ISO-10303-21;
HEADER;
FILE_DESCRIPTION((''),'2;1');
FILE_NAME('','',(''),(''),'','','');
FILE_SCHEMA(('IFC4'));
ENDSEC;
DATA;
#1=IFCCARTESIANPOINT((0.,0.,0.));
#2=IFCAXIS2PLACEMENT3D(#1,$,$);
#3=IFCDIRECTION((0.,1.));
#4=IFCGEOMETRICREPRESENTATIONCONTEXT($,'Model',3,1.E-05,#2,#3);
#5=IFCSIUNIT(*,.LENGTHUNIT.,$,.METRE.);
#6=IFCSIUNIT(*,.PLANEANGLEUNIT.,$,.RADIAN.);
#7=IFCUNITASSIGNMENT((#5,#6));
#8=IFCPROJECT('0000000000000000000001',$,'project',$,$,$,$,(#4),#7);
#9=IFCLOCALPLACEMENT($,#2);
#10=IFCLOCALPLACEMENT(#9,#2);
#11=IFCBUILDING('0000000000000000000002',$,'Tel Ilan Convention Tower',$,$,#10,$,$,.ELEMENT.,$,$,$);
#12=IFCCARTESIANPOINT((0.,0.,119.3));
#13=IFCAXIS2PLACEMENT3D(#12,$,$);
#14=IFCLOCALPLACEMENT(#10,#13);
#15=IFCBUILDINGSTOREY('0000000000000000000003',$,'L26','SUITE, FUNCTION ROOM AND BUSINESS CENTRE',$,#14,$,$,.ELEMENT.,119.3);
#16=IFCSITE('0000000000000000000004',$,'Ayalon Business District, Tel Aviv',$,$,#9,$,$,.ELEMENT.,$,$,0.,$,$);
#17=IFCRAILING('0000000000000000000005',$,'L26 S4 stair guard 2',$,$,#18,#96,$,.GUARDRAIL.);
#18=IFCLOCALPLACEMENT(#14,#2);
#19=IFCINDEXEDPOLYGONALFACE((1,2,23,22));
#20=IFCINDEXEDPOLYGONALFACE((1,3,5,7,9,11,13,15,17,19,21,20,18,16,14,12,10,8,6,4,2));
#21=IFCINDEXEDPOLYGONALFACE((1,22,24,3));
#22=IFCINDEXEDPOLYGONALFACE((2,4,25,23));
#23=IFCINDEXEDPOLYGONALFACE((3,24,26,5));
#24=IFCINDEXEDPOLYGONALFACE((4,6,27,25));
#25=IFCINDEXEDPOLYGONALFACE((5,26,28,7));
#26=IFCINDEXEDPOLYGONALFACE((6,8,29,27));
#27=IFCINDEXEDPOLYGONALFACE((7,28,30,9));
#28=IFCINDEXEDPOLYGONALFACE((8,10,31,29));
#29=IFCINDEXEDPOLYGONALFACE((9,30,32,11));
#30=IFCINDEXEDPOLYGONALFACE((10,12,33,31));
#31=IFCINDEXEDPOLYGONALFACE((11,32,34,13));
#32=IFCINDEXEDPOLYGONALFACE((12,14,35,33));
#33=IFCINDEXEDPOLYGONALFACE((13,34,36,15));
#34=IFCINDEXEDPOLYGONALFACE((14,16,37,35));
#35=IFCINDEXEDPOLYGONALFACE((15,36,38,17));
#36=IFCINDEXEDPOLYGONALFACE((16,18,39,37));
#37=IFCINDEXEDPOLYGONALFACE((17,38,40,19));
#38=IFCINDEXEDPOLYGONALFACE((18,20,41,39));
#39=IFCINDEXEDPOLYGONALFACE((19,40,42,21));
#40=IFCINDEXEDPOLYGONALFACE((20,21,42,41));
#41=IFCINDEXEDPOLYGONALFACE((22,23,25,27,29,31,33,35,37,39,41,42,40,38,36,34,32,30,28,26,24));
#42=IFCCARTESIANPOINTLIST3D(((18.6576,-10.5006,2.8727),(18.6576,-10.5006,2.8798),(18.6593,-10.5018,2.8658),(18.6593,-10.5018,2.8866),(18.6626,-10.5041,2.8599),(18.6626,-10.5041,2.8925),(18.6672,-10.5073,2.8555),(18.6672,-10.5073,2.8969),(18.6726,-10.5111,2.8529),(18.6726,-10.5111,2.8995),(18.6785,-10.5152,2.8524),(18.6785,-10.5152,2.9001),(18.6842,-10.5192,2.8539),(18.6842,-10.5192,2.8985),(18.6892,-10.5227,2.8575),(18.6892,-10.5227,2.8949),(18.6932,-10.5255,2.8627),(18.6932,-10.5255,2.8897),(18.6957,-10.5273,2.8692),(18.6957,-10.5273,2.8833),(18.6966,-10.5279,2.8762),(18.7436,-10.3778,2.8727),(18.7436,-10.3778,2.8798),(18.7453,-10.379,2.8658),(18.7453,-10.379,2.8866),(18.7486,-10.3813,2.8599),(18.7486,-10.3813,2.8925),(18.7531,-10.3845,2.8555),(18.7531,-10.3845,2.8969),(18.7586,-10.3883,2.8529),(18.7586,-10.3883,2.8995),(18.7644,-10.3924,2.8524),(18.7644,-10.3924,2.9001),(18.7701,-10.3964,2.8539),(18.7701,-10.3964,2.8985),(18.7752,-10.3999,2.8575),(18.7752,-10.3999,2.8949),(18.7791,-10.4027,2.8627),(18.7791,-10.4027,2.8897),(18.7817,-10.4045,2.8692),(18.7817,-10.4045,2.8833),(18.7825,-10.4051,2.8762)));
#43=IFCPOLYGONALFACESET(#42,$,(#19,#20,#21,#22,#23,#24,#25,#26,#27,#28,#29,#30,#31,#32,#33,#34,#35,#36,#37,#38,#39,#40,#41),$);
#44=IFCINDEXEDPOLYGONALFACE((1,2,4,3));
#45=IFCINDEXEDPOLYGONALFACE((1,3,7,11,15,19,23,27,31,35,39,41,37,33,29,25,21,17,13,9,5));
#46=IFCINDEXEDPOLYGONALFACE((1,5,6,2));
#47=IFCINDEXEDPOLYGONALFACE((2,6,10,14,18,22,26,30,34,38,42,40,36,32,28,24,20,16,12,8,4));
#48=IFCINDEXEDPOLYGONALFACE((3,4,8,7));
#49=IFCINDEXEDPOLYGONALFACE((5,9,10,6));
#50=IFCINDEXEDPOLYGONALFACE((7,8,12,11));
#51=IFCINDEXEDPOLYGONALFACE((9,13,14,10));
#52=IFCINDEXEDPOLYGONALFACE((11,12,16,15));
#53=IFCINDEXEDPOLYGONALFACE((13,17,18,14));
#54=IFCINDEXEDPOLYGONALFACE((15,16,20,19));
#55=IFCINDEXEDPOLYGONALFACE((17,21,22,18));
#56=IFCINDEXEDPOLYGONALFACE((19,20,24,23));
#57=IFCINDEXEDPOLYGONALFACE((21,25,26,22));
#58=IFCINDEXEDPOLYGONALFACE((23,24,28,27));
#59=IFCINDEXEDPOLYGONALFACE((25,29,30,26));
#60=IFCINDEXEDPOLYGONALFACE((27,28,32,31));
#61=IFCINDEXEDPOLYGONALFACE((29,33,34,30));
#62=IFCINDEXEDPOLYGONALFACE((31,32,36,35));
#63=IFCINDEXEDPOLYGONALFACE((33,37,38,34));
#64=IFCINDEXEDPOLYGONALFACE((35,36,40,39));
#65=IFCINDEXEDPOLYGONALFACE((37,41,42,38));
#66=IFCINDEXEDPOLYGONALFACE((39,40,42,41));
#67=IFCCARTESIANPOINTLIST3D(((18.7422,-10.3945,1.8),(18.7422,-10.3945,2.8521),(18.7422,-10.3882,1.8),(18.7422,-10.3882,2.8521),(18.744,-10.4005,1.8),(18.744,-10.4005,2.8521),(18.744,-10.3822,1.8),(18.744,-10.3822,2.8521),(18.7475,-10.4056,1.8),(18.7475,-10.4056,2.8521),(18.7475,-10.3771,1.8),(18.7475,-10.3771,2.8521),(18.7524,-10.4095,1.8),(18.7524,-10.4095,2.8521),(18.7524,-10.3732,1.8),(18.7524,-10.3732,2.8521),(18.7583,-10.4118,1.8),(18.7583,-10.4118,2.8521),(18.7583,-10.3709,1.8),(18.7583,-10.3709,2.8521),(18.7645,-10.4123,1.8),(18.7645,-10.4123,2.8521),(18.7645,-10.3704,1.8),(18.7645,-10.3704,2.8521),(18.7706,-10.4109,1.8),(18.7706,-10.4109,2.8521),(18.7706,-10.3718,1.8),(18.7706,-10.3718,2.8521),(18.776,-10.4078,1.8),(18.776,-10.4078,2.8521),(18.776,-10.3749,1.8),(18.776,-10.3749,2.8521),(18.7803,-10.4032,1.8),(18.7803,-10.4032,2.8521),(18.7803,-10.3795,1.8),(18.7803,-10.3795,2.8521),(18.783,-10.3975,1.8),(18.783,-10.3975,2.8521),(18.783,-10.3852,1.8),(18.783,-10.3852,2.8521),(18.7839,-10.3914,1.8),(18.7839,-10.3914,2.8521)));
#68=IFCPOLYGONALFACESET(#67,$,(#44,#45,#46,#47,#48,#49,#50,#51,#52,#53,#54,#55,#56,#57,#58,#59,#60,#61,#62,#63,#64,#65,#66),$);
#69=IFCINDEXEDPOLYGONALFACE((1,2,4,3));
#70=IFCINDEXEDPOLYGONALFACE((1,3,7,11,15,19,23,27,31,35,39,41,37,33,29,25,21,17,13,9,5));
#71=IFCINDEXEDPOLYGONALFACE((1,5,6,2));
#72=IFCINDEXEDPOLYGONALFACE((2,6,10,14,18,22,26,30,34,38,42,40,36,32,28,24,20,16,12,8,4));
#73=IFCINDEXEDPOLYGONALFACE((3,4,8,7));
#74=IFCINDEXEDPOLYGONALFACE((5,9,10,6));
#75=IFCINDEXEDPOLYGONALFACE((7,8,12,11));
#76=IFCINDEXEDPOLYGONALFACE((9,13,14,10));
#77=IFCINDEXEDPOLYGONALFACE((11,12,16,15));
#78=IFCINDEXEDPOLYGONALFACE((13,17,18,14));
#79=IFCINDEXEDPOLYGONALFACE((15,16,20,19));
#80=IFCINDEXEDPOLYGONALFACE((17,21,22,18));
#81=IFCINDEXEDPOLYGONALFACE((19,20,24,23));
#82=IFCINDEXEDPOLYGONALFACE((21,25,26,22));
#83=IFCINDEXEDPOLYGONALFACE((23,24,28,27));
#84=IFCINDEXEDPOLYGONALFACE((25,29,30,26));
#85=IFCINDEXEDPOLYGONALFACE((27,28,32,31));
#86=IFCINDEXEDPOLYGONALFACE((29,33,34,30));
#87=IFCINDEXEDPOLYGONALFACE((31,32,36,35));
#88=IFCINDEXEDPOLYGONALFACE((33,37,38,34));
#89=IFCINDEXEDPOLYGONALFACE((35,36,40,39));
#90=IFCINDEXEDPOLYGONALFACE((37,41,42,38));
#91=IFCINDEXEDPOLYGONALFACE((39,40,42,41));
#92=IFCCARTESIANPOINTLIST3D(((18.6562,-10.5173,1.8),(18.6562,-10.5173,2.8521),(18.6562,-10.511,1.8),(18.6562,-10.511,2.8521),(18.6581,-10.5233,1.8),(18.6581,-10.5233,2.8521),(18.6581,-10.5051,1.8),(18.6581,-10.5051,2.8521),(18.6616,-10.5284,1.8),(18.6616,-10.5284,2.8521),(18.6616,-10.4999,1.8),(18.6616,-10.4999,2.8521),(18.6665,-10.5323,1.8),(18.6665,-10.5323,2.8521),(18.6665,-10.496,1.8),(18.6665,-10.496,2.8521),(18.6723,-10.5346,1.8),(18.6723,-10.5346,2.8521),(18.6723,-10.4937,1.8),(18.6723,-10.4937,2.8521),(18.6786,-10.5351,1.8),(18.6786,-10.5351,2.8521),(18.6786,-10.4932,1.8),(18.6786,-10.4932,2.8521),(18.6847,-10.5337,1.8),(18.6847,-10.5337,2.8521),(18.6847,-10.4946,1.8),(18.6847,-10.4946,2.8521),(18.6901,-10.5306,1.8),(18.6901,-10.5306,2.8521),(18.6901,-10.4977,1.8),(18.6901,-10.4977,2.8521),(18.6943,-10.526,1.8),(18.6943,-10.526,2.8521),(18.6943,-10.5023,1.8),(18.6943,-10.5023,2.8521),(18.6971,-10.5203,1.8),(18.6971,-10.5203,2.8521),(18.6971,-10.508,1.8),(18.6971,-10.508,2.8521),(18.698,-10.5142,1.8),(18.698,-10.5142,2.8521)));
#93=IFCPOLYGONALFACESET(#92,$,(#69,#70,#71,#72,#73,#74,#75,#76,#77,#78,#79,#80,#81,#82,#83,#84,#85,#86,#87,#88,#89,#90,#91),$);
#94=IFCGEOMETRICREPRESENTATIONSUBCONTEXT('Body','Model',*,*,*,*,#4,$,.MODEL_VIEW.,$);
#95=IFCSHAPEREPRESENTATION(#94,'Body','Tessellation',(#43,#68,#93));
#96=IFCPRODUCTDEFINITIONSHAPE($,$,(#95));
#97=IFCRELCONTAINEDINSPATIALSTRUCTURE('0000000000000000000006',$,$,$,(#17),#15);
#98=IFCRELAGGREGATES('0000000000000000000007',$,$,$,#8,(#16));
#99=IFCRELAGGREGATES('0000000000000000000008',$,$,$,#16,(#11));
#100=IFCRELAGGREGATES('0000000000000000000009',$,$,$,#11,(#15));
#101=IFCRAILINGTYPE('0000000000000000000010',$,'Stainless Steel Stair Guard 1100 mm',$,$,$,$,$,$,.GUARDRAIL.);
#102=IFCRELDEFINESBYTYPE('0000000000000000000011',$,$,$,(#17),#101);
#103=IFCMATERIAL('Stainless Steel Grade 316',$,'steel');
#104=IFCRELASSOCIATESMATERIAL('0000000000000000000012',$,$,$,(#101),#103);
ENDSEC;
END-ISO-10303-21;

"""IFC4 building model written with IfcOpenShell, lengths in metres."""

from ifc_helpers import new_model, si_unit, direction, frame, origin, origin_2d, place, context, subcontext, project, spatial, circle, extrude, material, type_object, element, save


model = new_model("IFC4")

# Units and contexts
model_context = context("Model", 3, precision=1e-05, world=origin(), true_north=direction((0.0, 1.0)))
body_context = subcontext(model_context, "Body", "Model", "MODEL_VIEW")
ifc_project = project(units=[si_unit("LENGTHUNIT", "METRE"), si_unit("PLANEANGLEUNIT", "RADIAN")], contexts=[model_context])

# Site, building, storey
site_placement = place(None, origin())
site = spatial("IfcSite", under=ifc_project, at=site_placement, Name="Ayalon Business District, Tel Aviv", CompositionType="ELEMENT", RefElevation=0.0)
building_placement = place(site_placement, origin())
building = spatial("IfcBuilding", under=site, at=building_placement, Name="Tel Ilan Convention Tower", CompositionType="ELEMENT")
storey_placement = place(building_placement, frame((0.0, 0.0, 119.3)))
storey = spatial("IfcBuildingStorey", under=building, at=storey_placement, Name="L26", Description="SUITE, FUNCTION ROOM AND BUSINESS CENTRE", CompositionType="ELEMENT", Elevation=119.3)

# Railing
ifc_material_1 = material(Name="Stainless Steel Grade 316", Category="steel")
railing_type_1 = type_object("IfcRailingType", Name="Stainless Steel Stair Guard 1100 mm", PredefinedType="GUARDRAIL", material=ifc_material_1)
railing_1_placement = place(storey_placement, frame((18.7629, -10.3914, 1.8)))
element("IfcRailing", 1, at=railing_1_placement, inside=storey, type_object=railing_type_1, Name="L26 S4 stair guard 2", PredefinedType="GUARDRAIL", context=body_context, shape_type="SweptSolid", body=[
    extrude(circle(Radius=0.0239, at=origin_2d()), frame((0.0, 0.0, 1.0762), z_axis=(-0.573353, -0.819308, 0.0), x_axis=(0.819308, -0.573353, 0.0)), (0.0, 0.0, 1.0), 0.1499),
    extrude(circle(Radius=0.021, at=origin_2d()), origin(), (0.0, 0.0, 1.0), 1.052),
    extrude(circle(Radius=0.021, at=origin_2d()), frame((-0.0859, -0.1228, 0.0)), (0.0, 0.0, 1.0), 1.052),
])

save(model, "model.ifc")
